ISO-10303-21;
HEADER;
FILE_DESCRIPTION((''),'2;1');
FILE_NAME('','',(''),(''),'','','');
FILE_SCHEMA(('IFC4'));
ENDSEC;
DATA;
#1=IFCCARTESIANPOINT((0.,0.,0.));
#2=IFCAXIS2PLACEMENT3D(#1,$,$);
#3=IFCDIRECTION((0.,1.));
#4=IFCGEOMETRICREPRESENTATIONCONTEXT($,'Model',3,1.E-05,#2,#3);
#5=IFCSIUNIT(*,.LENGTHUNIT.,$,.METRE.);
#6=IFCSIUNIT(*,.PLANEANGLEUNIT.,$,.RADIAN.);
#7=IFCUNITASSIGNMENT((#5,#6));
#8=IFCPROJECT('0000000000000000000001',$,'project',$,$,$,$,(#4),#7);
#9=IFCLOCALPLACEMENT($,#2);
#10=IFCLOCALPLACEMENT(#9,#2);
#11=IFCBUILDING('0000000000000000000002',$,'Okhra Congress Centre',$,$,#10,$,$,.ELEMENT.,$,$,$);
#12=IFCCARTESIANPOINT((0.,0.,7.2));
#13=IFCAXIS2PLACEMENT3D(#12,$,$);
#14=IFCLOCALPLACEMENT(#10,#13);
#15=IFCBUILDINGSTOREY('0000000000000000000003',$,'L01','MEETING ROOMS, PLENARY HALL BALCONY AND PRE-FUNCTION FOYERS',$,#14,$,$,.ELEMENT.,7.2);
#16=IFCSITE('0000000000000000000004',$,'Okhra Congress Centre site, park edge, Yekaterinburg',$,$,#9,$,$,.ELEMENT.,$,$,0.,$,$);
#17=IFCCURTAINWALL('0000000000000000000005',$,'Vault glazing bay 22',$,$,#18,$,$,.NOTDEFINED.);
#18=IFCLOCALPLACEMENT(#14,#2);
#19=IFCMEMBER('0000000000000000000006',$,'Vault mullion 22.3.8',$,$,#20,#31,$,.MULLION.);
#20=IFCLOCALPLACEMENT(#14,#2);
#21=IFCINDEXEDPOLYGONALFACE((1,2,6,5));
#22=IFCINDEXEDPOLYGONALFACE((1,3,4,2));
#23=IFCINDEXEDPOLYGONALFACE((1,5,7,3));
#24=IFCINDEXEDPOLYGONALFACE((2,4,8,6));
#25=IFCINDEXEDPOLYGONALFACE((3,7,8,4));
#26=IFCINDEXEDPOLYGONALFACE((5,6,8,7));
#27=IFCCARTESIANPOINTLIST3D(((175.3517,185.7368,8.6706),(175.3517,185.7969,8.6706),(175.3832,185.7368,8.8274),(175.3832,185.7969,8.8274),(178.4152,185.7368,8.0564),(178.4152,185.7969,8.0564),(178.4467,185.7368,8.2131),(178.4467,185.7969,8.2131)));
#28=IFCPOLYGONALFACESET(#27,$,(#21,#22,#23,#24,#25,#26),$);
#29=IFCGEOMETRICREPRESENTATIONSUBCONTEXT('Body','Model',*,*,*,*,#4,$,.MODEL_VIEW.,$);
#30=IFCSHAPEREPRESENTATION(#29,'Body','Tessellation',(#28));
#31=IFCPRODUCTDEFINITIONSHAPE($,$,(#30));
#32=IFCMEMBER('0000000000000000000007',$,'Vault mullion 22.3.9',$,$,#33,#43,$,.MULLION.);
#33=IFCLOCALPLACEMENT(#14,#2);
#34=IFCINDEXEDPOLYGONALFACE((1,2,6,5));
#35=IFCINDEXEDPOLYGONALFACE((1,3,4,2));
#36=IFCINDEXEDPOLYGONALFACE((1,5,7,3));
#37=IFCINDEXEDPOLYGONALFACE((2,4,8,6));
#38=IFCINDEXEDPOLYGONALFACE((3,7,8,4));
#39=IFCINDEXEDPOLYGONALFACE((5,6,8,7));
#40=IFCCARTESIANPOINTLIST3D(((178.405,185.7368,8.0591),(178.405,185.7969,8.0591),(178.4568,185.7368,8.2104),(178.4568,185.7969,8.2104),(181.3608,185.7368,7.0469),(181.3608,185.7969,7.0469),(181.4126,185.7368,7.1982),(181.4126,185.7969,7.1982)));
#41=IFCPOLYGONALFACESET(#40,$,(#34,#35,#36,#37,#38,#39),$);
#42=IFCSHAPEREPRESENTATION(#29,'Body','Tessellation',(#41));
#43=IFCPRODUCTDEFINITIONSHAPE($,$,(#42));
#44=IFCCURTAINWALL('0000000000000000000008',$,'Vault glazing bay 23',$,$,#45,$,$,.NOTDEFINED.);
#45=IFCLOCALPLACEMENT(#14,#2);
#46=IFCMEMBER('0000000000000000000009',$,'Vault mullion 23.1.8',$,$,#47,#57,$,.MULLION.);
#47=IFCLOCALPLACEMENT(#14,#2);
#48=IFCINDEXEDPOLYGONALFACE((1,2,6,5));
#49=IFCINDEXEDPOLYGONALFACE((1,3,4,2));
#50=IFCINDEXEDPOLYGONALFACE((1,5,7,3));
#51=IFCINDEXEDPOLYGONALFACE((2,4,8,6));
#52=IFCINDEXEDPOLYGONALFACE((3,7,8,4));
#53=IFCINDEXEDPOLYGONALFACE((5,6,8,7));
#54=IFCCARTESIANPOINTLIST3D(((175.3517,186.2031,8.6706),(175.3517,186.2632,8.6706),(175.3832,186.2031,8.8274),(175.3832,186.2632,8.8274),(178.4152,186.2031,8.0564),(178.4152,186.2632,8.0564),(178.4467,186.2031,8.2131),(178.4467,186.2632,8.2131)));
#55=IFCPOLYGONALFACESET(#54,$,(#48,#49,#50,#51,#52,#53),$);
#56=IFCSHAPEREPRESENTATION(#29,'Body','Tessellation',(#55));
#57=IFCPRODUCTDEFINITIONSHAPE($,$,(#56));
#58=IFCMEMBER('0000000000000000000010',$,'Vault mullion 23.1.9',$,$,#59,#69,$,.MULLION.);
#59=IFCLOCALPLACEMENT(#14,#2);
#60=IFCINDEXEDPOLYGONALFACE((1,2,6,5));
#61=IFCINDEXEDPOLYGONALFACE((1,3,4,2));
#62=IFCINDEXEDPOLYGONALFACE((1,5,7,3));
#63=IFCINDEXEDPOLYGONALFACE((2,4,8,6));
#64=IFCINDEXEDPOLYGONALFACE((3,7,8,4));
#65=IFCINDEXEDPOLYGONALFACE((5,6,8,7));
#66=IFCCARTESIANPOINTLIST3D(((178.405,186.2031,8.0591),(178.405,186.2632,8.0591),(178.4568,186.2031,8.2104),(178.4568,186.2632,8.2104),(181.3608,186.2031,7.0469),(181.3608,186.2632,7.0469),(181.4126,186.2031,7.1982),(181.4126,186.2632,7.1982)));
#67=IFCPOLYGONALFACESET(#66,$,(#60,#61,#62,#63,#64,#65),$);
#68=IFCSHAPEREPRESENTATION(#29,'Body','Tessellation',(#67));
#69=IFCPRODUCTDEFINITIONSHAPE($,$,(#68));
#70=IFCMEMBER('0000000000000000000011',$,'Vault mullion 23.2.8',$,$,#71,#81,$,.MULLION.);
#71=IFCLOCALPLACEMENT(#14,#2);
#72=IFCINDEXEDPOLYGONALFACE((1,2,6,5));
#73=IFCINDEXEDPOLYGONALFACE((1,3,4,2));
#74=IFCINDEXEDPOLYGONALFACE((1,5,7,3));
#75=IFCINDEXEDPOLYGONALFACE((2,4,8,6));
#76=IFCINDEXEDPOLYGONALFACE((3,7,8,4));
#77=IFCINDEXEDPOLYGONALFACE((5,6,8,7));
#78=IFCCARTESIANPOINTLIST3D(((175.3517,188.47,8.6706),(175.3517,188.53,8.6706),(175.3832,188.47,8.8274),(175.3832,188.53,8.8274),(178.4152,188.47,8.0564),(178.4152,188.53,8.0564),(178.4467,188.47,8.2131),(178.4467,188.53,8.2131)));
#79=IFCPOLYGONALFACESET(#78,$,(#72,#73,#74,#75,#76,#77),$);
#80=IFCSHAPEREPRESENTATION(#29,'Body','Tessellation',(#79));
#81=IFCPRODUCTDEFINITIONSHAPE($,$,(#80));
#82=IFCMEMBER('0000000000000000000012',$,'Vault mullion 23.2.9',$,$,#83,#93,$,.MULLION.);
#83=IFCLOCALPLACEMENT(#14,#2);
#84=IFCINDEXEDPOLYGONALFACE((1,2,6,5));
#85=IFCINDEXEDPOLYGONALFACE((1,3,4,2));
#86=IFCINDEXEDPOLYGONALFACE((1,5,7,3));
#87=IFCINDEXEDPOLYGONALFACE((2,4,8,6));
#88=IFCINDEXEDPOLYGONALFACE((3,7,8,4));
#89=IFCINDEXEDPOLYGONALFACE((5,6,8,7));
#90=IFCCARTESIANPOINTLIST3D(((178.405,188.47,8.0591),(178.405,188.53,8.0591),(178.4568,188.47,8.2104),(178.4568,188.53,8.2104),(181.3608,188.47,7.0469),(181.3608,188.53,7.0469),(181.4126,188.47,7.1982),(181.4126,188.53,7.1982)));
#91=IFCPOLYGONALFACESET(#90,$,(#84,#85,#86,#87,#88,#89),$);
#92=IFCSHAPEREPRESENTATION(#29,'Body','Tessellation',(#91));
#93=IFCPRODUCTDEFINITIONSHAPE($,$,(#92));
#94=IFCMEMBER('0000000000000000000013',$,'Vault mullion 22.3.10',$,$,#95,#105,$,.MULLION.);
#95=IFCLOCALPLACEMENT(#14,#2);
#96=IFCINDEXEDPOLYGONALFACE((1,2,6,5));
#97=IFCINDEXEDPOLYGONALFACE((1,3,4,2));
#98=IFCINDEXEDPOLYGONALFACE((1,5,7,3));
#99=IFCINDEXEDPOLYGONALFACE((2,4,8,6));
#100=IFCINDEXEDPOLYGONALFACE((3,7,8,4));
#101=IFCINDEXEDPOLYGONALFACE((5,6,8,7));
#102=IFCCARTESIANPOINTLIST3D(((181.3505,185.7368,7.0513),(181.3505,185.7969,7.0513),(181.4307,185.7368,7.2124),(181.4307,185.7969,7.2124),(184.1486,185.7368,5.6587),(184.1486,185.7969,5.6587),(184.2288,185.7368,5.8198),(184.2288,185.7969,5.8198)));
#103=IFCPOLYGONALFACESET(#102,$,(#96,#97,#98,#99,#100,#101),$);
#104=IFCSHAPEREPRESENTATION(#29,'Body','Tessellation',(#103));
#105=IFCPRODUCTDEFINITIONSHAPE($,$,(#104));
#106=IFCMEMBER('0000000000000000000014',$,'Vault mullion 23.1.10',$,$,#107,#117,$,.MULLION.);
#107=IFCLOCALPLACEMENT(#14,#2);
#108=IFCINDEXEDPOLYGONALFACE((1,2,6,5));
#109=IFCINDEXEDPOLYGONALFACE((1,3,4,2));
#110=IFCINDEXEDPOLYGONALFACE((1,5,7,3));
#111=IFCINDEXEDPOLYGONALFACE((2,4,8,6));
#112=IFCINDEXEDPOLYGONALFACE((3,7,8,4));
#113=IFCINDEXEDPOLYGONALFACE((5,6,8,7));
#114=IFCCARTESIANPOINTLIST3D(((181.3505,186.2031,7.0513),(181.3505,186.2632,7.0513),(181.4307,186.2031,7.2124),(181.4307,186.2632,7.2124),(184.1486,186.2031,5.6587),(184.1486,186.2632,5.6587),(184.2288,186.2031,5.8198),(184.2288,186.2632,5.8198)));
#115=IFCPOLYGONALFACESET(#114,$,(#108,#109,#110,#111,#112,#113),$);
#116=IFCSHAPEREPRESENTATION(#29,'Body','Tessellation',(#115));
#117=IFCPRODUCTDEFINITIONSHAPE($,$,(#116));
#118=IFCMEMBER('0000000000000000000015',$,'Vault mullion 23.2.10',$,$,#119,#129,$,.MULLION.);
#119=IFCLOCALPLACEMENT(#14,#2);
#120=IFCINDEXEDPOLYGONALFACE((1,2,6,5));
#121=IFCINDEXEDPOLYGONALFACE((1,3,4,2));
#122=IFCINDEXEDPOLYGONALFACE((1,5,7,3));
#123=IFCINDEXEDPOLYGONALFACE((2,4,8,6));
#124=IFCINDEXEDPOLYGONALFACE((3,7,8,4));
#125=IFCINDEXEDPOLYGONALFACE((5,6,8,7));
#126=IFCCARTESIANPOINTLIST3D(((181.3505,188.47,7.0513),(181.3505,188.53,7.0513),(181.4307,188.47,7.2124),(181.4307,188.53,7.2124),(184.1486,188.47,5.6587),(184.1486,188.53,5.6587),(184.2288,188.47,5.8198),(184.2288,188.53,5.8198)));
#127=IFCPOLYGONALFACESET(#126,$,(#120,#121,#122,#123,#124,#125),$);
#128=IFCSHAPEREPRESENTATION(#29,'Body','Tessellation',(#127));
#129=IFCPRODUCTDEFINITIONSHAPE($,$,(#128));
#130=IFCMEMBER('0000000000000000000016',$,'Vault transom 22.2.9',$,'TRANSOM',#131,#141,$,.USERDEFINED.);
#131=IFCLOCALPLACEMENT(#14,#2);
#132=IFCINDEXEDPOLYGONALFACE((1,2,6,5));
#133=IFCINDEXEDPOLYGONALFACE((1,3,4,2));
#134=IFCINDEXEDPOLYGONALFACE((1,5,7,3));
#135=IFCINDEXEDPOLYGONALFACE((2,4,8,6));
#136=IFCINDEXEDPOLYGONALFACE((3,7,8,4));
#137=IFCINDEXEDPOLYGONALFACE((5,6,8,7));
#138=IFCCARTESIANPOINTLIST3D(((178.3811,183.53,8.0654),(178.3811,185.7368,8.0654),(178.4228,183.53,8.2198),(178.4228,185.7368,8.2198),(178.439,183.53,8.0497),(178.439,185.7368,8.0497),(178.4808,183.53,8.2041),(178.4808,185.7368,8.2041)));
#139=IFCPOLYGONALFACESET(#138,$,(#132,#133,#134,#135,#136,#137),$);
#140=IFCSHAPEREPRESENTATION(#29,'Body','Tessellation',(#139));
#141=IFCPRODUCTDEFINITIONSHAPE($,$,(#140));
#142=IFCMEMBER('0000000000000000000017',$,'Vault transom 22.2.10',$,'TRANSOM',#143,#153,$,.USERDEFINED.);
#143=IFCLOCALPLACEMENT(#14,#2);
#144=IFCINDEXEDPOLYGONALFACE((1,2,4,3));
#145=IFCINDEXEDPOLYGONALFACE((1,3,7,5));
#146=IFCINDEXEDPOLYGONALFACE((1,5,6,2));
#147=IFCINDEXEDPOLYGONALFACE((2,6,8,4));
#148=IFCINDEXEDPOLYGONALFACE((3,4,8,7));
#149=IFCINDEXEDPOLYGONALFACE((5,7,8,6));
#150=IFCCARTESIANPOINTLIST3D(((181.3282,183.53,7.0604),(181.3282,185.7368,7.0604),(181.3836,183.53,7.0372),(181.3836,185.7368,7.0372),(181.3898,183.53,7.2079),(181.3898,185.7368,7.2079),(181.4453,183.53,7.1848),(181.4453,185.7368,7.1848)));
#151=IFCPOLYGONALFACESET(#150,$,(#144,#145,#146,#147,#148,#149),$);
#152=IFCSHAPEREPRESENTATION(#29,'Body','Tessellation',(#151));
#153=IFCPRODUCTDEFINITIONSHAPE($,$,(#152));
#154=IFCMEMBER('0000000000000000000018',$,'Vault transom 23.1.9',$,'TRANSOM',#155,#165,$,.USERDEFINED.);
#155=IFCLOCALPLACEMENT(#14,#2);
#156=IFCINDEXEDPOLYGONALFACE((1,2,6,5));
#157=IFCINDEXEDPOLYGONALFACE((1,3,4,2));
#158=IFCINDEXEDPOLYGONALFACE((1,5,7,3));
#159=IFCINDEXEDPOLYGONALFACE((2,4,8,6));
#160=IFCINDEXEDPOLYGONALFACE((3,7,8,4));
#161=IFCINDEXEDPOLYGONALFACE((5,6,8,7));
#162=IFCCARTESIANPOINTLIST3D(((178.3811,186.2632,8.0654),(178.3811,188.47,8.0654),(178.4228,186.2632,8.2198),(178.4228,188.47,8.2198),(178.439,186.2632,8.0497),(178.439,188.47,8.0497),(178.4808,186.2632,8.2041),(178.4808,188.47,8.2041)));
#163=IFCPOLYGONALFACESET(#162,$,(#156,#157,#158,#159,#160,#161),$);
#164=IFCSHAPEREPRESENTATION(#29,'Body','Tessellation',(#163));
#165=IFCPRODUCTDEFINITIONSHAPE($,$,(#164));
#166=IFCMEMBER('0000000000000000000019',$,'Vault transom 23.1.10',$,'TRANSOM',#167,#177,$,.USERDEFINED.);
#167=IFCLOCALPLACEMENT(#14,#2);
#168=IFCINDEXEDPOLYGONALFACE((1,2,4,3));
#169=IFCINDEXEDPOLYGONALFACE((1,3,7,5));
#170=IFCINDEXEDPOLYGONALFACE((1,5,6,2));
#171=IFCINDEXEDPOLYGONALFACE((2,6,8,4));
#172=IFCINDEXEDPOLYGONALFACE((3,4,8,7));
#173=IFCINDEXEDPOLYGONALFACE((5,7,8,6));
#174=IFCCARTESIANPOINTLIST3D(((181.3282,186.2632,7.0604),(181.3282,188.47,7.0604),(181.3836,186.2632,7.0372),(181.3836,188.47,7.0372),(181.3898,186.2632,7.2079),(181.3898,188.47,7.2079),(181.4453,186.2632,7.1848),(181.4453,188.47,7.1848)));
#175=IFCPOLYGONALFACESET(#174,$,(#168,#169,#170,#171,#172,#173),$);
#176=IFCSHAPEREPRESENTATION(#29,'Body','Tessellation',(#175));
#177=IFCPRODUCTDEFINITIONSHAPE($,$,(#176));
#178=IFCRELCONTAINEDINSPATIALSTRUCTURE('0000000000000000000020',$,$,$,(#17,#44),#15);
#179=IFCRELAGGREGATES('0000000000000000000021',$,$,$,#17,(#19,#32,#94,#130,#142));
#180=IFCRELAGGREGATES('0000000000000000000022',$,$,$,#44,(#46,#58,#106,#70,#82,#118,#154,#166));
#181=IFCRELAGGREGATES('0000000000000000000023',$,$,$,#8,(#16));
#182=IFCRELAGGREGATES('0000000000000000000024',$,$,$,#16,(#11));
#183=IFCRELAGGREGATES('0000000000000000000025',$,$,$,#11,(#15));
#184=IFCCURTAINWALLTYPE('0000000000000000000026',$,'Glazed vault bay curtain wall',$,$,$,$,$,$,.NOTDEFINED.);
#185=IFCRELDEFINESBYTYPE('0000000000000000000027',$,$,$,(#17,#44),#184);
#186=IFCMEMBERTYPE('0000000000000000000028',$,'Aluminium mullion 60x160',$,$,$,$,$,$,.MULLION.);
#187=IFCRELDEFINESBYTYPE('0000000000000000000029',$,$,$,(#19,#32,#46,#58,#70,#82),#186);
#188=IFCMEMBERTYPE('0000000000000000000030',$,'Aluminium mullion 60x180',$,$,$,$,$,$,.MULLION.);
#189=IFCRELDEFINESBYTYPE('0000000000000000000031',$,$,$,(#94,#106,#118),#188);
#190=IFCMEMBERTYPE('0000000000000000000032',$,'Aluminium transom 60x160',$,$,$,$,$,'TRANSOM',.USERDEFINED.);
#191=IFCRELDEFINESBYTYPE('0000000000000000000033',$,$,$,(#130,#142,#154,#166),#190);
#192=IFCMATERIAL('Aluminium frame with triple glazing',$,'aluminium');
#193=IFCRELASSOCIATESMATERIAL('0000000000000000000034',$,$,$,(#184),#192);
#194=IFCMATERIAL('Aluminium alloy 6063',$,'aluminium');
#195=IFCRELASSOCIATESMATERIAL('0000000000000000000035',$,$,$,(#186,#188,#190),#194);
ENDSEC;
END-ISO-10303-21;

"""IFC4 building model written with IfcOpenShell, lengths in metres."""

from ifc_helpers import new_model, si_unit, direction, frame, origin, origin_2d, place, context, subcontext, project, spatial, rectangle, extrude, material, material_profile, profile_set, type_object, element, aggregate, save


model = new_model("IFC4")

# Units and contexts
model_context = context("Model", 3, precision=1e-05, world=origin(), true_north=direction((0.0, 1.0)))
body_context = subcontext(model_context, "Body", "Model", "MODEL_VIEW")
ifc_project = project(units=[si_unit("LENGTHUNIT", "METRE"), si_unit("PLANEANGLEUNIT", "RADIAN")], contexts=[model_context])

# Site, building, storey
site_placement = place(None, origin())
site = spatial("IfcSite", under=ifc_project, at=site_placement, Name="Okhra Congress Centre site, park edge, Yekaterinburg", CompositionType="ELEMENT", RefElevation=0.0)
building_placement = place(site_placement, origin())
building = spatial("IfcBuilding", under=site, at=building_placement, Name="Okhra Congress Centre", CompositionType="ELEMENT")
storey_placement = place(building_placement, frame((0.0, 0.0, 7.2)))
storey = spatial("IfcBuildingStorey", under=building, at=storey_placement, Name="L01", Description="MEETING ROOMS, PLENARY HALL BALCONY AND PRE-FUNCTION FOYERS", CompositionType="ELEMENT", Elevation=7.2)

# Curtain walls, members
ifc_material_1 = material(Name="Aluminium frame with triple glazing", Category="aluminium")
curtain_wall_type = type_object("IfcCurtainWallType", Name="Glazed vault bay curtain wall", PredefinedType="NOTDEFINED", material=ifc_material_1)
curtain_wall_1_placement = place(storey_placement, origin())
curtain_wall_1 = element("IfcCurtainWall", 1, at=curtain_wall_1_placement, inside=storey, type_object=curtain_wall_type, Name="Vault glazing bay 22", PredefinedType="NOTDEFINED")
ifc_material_2 = material(Name="Aluminium alloy 6063", Category="aluminium")
ifc_material_profile_1 = material_profile(ifc_material_2, rectangle(XDim=0.0601, YDim=0.1599, at=origin_2d()), Name="AL 60x160")
ifc_profile_set_1 = profile_set([ifc_material_profile_1], Name="Aluminium alloy 6063")
member_type_1 = type_object("IfcMemberType", Name="Aluminium mullion 60x160", PredefinedType="MULLION", material=ifc_profile_set_1)
member_1_placement = place(storey_placement, frame((175.3674, 185.7668, 8.749), z_axis=(0.980484, 0.0, -0.196597), x_axis=(0.0, 1.0, 0.0)))
member_1 = element("IfcMember", 2, at=member_1_placement, type_object=member_type_1, Name="Vault mullion 22.3.8", PredefinedType="MULLION", context=body_context, shape_type="SweptSolid", body=[
    extrude(rectangle(XDim=0.0601, YDim=0.1599, at=origin_2d()), origin(), (0.0, 0.0, 1.0), 3.1245),
])
member_2_placement = place(storey_placement, frame((178.4309, 185.7668, 8.1348), z_axis=(0.946065, 0.0, -0.323977), x_axis=(0.0, 1.0, 0.0)))
member_2 = element("IfcMember", 3, at=member_2_placement, type_object=member_type_1, Name="Vault mullion 22.3.9", PredefinedType="MULLION", context=body_context, shape_type="SweptSolid", body=[
    extrude(rectangle(XDim=0.0601, YDim=0.1599, at=origin_2d()), origin(), (0.0, 0.0, 1.0), 3.1243),
])
curtain_wall_2_placement = place(storey_placement, origin())
curtain_wall_2 = element("IfcCurtainWall", 4, at=curtain_wall_2_placement, inside=storey, type_object=curtain_wall_type, Name="Vault glazing bay 23", PredefinedType="NOTDEFINED")
member_3_placement = place(storey_placement, frame((175.3674, 186.2332, 8.749), z_axis=(0.980484, 0.0, -0.196597), x_axis=(0.0, 1.0, 0.0)))
member_3 = element("IfcMember", 5, at=member_3_placement, type_object=member_type_1, Name="Vault mullion 23.1.8", PredefinedType="MULLION", context=body_context, shape_type="SweptSolid", body=[
    extrude(rectangle(XDim=0.0601, YDim=0.1599, at=origin_2d()), origin(), (0.0, 0.0, 1.0), 3.1245),
])
member_4_placement = place(storey_placement, frame((178.4309, 186.2332, 8.1348), z_axis=(0.946065, 0.0, -0.323977), x_axis=(0.0, 1.0, 0.0)))
member_4 = element("IfcMember", 6, at=member_4_placement, type_object=member_type_1, Name="Vault mullion 23.1.9", PredefinedType="MULLION", context=body_context, shape_type="SweptSolid", body=[
    extrude(rectangle(XDim=0.0601, YDim=0.1599, at=origin_2d()), origin(), (0.0, 0.0, 1.0), 3.1243),
])
member_5_placement = place(storey_placement, frame((175.3674, 188.5, 8.749), z_axis=(0.980484, 0.0, -0.196597), x_axis=(0.0, 1.0, 0.0)))
member_5 = element("IfcMember", 7, at=member_5_placement, type_object=member_type_1, Name="Vault mullion 23.2.8", PredefinedType="MULLION", context=body_context, shape_type="SweptSolid", body=[
    extrude(rectangle(XDim=0.0601, YDim=0.1599, at=origin_2d()), origin(), (0.0, 0.0, 1.0), 3.1245),
])
member_6_placement = place(storey_placement, frame((178.4309, 188.5, 8.1348), z_axis=(0.946065, 0.0, -0.323977), x_axis=(0.0, 1.0, 0.0)))
member_6 = element("IfcMember", 8, at=member_6_placement, type_object=member_type_1, Name="Vault mullion 23.2.9", PredefinedType="MULLION", context=body_context, shape_type="SweptSolid", body=[
    extrude(rectangle(XDim=0.0601, YDim=0.1599, at=origin_2d()), origin(), (0.0, 0.0, 1.0), 3.1243),
])

# Members
ifc_material_profile_2 = material_profile(ifc_material_2, rectangle(XDim=0.0601, YDim=0.1799, at=origin_2d()), Name="AL 60x180")
ifc_profile_set_2 = profile_set([ifc_material_profile_2], Name="Aluminium alloy 6063")
member_type_2 = type_object("IfcMemberType", Name="Aluminium mullion 60x180", PredefinedType="MULLION", material=ifc_profile_set_2)
member_7_placement = place(storey_placement, frame((181.3906, 185.7668, 7.1318), z_axis=(0.895254, 0.0, -0.445557), x_axis=(0.0, 1.0, 0.0)))
member_7 = element("IfcMember", 9, at=member_7_placement, type_object=member_type_2, Name="Vault mullion 22.3.10", PredefinedType="MULLION", context=body_context, shape_type="SweptSolid", body=[
    extrude(rectangle(XDim=0.0601, YDim=0.1799, at=origin_2d()), origin(), (0.0, 0.0, 1.0), 3.1255),
])
member_8_placement = place(storey_placement, frame((181.3906, 186.2332, 7.1318), z_axis=(0.895254, 0.0, -0.445557), x_axis=(0.0, 1.0, 0.0)))
member_8 = element("IfcMember", 10, at=member_8_placement, type_object=member_type_2, Name="Vault mullion 23.1.10", PredefinedType="MULLION", context=body_context, shape_type="SweptSolid", body=[
    extrude(rectangle(XDim=0.0601, YDim=0.1799, at=origin_2d()), origin(), (0.0, 0.0, 1.0), 3.1255),
])
member_9_placement = place(storey_placement, frame((181.3906, 188.5, 7.1318), z_axis=(0.895254, 0.0, -0.445557), x_axis=(0.0, 1.0, 0.0)))
member_9 = element("IfcMember", 11, at=member_9_placement, type_object=member_type_2, Name="Vault mullion 23.2.10", PredefinedType="MULLION", context=body_context, shape_type="SweptSolid", body=[
    extrude(rectangle(XDim=0.0601, YDim=0.1799, at=origin_2d()), origin(), (0.0, 0.0, 1.0), 3.1255),
])
ifc_material_profile_3 = material_profile(ifc_material_2, rectangle(XDim=0.0601, YDim=0.1599, at=origin_2d()), Name="AL 60x160 transom")
ifc_profile_set_3 = profile_set([ifc_material_profile_3], Name="Aluminium alloy 6063")
member_type_3 = type_object("IfcMemberType", Name="Aluminium transom 60x160", ElementType="TRANSOM", PredefinedType="USERDEFINED", material=ifc_profile_set_3)
member_10_placement = place(storey_placement, frame((178.4309, 183.53, 8.1348), z_axis=(0.0, 1.0, 0.0), x_axis=(-0.96538, 0.0, 0.260848)))
member_10 = element("IfcMember", 12, at=member_10_placement, type_object=member_type_3, Name="Vault transom 22.2.9", ObjectType="TRANSOM", PredefinedType="USERDEFINED", context=body_context, shape_type="SweptSolid", body=[
    extrude(rectangle(XDim=0.0601, YDim=0.1599, at=origin_2d()), origin(), (0.0, 0.0, 1.0), 2.2068),
])
member_11_placement = place(storey_placement, frame((181.3867, 183.53, 7.1226), z_axis=(0.0, 1.0, 0.0), x_axis=(-0.922669, 0.0, 0.385593)))
member_11 = element("IfcMember", 13, at=member_11_placement, type_object=member_type_3, Name="Vault transom 22.2.10", ObjectType="TRANSOM", PredefinedType="USERDEFINED", context=body_context, shape_type="SweptSolid", body=[
    extrude(rectangle(XDim=0.0601, YDim=0.1599, at=origin_2d()), origin(), (0.0, 0.0, 1.0), 2.2068),
])
member_12_placement = place(storey_placement, frame((178.4309, 186.2632, 8.1348), z_axis=(0.0, 1.0, 0.0), x_axis=(-0.96538, 0.0, 0.260848)))
member_12 = element("IfcMember", 14, at=member_12_placement, type_object=member_type_3, Name="Vault transom 23.1.9", ObjectType="TRANSOM", PredefinedType="USERDEFINED", context=body_context, shape_type="SweptSolid", body=[
    extrude(rectangle(XDim=0.0601, YDim=0.1599, at=origin_2d()), origin(), (0.0, 0.0, 1.0), 2.2068),
])
member_13_placement = place(storey_placement, frame((181.3867, 186.2632, 7.1226), z_axis=(0.0, 1.0, 0.0), x_axis=(-0.922669, 0.0, 0.385593)))
member_13 = element("IfcMember", 15, at=member_13_placement, type_object=member_type_3, Name="Vault transom 23.1.10", ObjectType="TRANSOM", PredefinedType="USERDEFINED", context=body_context, shape_type="SweptSolid", body=[
    extrude(rectangle(XDim=0.0601, YDim=0.1599, at=origin_2d()), origin(), (0.0, 0.0, 1.0), 2.2068),
])

aggregate(curtain_wall_1, [member_1, member_2, member_7, member_10, member_11])
aggregate(curtain_wall_2, [member_3, member_4, member_8, member_5, member_6, member_9, member_12, member_13])

save(model, "model.ifc")
